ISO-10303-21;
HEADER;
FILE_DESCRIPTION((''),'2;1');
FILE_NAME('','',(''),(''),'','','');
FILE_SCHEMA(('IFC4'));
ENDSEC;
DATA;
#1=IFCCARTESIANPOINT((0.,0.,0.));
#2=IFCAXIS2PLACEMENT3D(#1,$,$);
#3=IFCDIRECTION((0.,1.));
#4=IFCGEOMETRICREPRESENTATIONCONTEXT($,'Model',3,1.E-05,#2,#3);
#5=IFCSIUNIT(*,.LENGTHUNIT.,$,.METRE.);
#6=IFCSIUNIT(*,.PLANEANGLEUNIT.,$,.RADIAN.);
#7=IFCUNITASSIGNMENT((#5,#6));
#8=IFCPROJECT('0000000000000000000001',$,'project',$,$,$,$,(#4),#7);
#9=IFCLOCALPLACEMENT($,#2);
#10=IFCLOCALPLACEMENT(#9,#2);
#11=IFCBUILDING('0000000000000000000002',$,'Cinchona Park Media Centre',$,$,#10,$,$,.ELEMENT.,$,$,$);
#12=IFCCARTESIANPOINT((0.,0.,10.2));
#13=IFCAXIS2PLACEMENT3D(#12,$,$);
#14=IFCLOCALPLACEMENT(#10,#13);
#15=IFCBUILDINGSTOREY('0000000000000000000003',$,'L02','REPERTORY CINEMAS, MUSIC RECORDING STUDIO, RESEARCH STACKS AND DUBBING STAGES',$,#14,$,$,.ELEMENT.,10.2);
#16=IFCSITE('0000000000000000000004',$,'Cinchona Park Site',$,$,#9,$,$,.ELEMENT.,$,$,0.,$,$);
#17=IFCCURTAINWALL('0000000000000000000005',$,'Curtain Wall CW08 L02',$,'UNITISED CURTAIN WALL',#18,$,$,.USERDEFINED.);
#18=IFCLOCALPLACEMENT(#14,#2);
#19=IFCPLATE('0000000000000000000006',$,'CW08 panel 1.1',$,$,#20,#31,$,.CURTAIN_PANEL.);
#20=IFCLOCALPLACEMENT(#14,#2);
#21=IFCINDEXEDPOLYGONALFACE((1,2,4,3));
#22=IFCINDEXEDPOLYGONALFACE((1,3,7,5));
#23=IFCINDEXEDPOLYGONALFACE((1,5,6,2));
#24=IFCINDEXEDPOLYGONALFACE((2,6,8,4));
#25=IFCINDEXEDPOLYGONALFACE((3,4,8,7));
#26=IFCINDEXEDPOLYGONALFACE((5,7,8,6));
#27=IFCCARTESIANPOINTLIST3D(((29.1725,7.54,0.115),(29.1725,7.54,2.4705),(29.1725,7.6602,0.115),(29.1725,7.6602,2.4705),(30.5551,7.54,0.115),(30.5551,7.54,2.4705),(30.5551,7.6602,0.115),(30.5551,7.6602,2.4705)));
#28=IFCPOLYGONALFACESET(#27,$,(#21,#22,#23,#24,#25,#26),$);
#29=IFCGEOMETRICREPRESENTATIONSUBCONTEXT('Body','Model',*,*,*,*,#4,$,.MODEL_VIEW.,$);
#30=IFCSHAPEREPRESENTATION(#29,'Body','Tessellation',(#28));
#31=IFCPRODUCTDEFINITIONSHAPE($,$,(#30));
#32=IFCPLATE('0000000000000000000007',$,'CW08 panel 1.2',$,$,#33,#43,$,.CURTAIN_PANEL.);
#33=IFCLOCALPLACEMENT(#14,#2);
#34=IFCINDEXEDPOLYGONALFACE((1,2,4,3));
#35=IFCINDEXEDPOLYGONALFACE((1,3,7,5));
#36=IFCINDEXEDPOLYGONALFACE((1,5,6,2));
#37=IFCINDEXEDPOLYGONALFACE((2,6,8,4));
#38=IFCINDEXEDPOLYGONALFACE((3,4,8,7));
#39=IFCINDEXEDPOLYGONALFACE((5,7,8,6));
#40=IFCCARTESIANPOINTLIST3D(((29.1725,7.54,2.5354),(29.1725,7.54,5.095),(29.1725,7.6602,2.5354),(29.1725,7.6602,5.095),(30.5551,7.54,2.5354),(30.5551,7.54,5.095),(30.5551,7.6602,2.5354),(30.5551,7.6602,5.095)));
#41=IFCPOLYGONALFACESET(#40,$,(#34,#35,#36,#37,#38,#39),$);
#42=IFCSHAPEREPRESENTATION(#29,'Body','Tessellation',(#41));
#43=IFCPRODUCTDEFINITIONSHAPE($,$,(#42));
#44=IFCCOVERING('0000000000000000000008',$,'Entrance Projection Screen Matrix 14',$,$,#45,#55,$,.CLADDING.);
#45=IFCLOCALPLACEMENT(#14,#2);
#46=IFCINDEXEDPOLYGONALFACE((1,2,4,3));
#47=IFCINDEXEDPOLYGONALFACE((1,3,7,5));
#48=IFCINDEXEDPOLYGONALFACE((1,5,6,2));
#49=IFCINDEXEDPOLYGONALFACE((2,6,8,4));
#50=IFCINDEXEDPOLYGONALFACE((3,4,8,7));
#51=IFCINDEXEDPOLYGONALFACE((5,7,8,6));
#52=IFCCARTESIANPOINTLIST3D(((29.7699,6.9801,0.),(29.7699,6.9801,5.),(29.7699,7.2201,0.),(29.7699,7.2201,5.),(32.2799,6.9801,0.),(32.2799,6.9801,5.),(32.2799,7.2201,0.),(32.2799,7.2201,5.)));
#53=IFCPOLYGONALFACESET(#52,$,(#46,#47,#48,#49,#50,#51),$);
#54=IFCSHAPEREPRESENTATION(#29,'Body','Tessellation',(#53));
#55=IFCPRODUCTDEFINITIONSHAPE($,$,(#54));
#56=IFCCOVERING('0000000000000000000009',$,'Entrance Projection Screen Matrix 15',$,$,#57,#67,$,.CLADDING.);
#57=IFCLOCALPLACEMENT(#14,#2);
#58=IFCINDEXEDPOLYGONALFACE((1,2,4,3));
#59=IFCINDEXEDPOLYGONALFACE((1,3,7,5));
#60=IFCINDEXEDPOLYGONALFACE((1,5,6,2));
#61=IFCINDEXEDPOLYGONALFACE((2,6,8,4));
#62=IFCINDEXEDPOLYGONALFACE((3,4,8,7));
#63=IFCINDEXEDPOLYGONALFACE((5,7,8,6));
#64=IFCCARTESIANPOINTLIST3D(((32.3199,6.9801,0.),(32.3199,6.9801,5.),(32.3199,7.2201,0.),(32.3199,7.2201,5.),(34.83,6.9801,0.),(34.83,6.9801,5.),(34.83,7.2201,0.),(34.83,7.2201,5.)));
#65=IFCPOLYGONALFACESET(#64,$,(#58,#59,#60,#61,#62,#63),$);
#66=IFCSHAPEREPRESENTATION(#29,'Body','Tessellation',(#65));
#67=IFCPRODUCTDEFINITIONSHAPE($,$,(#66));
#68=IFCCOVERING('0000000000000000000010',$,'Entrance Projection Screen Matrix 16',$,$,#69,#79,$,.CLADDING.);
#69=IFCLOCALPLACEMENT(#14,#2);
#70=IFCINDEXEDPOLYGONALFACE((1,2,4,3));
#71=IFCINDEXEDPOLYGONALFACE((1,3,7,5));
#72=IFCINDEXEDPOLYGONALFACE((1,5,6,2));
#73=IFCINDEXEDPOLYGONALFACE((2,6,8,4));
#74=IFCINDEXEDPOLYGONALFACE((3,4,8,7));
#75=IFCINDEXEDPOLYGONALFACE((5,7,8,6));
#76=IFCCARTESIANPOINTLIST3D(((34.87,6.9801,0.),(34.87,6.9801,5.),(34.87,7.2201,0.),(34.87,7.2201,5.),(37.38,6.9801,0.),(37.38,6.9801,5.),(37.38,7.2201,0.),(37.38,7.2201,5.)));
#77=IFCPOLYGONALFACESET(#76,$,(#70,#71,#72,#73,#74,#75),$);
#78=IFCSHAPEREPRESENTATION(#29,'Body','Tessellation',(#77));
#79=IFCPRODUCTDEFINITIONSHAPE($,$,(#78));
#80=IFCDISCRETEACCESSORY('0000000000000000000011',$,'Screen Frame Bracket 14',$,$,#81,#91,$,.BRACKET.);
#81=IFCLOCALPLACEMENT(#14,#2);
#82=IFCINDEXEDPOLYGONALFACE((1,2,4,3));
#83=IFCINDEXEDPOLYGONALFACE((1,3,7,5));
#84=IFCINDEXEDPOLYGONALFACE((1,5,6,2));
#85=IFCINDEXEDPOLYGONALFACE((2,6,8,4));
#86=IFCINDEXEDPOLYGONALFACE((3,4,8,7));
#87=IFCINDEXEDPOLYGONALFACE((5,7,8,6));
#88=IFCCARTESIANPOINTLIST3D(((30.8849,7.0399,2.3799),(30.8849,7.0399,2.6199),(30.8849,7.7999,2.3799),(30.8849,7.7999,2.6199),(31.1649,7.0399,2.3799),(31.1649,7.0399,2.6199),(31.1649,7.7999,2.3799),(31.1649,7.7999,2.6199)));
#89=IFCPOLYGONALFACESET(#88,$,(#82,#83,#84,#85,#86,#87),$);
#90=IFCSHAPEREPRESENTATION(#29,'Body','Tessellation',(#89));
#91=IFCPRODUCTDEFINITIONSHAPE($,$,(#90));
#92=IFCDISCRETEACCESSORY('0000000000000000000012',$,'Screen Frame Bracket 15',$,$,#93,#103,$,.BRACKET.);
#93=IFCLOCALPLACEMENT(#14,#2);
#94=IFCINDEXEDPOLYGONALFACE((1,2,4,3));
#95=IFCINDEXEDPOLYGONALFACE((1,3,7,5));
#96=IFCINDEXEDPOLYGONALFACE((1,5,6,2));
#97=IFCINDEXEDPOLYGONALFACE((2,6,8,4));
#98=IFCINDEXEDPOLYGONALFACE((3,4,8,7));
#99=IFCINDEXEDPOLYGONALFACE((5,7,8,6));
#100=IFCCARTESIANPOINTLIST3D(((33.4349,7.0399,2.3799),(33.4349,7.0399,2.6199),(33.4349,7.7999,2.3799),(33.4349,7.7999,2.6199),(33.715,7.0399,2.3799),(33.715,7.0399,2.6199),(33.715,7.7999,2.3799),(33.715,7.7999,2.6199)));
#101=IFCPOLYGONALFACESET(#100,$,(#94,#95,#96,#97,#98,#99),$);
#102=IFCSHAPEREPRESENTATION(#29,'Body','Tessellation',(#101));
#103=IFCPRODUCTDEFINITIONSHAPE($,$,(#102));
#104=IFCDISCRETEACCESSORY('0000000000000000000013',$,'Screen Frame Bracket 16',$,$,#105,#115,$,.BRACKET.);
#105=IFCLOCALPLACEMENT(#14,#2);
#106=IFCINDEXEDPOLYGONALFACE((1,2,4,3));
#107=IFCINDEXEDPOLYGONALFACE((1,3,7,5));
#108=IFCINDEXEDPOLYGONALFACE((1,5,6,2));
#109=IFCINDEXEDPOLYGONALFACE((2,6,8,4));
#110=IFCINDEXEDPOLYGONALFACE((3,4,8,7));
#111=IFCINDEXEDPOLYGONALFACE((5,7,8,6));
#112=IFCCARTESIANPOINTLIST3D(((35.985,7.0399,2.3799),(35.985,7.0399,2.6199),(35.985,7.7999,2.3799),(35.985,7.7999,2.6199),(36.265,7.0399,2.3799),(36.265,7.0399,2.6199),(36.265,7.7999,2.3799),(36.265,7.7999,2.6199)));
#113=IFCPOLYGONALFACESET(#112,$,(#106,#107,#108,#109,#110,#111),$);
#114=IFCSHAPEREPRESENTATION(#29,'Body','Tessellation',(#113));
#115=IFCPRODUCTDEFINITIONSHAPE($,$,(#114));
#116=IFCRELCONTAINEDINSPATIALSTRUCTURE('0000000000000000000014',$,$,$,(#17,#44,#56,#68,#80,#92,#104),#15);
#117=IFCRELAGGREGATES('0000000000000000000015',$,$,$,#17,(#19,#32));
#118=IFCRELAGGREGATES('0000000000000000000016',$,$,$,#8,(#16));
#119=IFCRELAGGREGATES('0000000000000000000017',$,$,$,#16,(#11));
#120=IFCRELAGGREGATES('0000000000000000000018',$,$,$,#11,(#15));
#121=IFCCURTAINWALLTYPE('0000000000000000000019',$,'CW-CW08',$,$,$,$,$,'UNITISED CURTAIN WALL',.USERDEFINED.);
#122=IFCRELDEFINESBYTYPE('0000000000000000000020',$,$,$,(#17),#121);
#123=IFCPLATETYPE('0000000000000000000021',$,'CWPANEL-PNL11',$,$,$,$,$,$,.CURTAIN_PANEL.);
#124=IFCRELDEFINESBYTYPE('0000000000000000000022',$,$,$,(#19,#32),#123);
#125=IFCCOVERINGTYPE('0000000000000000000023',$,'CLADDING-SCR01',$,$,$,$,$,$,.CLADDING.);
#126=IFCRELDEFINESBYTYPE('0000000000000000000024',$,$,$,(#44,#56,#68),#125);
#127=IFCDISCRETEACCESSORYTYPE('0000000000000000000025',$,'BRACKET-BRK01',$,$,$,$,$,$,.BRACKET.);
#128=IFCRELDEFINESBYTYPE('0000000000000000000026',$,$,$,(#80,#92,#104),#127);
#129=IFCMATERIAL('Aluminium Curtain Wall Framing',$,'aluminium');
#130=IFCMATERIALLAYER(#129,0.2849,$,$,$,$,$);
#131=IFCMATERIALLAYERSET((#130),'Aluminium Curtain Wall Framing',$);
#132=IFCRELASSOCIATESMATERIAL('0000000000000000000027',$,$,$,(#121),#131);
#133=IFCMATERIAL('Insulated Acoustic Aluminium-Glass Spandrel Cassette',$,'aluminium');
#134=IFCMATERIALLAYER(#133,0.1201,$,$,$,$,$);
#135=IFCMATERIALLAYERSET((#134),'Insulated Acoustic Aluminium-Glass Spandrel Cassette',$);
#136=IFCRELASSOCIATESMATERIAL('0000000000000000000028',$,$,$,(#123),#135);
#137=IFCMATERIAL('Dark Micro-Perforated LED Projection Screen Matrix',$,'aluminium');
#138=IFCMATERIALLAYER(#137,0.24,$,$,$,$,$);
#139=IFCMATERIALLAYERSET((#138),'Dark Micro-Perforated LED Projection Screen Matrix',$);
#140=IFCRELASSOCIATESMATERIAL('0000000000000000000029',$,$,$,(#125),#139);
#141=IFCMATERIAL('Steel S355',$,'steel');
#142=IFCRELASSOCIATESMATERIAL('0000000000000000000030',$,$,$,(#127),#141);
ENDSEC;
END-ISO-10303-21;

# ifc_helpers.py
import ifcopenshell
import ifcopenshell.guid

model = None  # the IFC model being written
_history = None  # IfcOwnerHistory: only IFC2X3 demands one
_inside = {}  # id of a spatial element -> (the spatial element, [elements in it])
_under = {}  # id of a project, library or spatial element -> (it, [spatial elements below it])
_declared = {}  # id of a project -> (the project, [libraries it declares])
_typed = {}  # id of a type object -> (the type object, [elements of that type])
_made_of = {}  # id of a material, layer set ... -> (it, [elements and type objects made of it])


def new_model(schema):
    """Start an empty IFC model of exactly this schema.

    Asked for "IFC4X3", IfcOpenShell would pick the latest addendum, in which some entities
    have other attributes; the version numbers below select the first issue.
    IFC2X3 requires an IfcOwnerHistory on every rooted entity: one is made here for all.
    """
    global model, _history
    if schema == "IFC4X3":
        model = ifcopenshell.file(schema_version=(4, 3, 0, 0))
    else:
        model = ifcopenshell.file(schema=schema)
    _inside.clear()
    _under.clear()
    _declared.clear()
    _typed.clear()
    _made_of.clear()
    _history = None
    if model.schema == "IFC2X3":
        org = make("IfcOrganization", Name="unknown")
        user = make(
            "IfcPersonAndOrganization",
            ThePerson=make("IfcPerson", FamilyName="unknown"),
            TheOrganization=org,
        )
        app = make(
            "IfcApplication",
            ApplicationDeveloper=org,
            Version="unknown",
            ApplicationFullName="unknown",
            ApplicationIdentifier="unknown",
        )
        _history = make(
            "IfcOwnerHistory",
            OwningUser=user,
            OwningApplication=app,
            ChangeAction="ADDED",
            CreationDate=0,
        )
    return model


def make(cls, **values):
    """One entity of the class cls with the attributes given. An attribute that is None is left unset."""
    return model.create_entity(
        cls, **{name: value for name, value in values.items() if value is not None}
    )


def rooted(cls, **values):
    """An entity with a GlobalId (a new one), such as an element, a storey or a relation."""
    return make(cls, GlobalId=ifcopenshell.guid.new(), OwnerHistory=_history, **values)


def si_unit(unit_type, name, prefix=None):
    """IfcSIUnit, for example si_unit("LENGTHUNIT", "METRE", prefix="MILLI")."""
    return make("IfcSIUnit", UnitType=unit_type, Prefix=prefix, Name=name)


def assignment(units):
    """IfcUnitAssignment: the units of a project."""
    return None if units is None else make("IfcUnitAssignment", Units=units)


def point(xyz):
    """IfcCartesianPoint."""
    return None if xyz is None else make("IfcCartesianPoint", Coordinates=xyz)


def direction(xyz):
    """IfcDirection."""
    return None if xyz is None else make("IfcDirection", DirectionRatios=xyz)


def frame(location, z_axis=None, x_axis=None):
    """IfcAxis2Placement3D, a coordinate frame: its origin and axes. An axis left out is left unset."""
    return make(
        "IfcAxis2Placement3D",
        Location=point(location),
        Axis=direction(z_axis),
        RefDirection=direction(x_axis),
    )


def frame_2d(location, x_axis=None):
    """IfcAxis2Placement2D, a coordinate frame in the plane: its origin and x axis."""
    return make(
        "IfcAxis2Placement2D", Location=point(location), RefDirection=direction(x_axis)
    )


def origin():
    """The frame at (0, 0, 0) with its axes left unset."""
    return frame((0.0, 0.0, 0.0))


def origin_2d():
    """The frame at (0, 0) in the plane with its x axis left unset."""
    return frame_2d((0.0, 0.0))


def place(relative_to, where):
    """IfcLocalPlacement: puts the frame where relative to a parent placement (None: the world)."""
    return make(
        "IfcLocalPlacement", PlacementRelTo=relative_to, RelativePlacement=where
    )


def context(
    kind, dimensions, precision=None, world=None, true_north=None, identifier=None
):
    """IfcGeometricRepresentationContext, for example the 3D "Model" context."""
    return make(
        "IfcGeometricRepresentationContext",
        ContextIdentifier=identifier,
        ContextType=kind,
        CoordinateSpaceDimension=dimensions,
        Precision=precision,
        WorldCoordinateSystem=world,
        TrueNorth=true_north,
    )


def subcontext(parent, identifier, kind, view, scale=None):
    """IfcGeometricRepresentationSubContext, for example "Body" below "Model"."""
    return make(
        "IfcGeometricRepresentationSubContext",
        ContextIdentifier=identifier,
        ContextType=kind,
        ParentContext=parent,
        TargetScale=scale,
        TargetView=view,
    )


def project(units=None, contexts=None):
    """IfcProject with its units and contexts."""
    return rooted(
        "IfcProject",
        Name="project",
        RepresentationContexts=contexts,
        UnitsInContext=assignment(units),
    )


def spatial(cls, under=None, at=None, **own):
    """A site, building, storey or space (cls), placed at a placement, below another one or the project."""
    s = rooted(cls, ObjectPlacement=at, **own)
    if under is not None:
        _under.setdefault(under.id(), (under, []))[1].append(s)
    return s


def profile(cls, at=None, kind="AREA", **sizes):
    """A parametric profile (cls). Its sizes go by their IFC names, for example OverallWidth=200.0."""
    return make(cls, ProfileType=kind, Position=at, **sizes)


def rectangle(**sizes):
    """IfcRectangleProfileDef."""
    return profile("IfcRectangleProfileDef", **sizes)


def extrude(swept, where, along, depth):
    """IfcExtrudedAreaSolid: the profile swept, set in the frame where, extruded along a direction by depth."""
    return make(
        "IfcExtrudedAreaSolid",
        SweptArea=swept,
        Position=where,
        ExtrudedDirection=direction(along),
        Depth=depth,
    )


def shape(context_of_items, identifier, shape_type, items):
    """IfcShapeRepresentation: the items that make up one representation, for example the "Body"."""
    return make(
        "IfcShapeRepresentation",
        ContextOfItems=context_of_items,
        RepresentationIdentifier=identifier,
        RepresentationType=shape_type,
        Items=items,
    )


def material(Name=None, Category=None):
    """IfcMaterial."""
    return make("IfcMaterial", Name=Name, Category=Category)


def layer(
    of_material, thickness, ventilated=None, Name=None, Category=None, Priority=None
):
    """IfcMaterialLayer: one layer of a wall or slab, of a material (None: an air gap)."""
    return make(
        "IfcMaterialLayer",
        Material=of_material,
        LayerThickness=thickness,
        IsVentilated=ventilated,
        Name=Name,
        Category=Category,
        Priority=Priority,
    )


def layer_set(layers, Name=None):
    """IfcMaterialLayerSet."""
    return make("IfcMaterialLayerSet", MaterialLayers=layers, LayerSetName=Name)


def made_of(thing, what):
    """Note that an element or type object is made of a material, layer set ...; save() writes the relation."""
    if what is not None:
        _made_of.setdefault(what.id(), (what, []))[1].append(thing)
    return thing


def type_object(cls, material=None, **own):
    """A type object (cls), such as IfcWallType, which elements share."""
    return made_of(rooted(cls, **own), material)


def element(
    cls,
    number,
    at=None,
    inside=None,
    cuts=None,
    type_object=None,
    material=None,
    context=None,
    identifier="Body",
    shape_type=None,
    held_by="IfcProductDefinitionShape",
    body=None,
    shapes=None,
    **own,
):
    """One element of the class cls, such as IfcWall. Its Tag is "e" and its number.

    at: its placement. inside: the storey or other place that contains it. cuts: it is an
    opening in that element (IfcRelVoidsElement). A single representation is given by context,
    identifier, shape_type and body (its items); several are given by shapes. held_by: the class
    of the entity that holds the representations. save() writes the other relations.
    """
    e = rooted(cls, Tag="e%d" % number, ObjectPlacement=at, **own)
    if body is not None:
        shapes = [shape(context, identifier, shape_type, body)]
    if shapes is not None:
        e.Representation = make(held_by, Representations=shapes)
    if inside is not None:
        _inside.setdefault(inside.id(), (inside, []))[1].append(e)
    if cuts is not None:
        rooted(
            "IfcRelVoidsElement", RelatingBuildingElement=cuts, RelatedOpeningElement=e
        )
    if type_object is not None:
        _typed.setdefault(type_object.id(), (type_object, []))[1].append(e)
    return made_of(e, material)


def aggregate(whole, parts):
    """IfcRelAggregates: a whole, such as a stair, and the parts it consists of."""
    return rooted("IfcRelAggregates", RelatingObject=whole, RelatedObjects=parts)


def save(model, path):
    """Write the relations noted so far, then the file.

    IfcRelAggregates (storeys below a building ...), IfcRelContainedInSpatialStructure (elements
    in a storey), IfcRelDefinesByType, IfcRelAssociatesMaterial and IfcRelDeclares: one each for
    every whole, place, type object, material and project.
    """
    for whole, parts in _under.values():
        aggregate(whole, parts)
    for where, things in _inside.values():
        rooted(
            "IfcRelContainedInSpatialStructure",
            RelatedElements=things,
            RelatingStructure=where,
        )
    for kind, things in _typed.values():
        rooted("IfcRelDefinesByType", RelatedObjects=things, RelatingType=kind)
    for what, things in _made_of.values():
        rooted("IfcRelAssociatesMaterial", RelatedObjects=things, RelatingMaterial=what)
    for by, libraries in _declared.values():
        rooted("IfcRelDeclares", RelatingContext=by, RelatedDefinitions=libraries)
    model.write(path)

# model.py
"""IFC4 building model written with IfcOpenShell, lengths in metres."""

from ifc_helpers import new_model, si_unit, direction, frame, origin, origin_2d, place, context, subcontext, project, spatial, rectangle, extrude, material, layer, layer_set, type_object, element, aggregate, save


model = new_model("IFC4")

# Units and contexts
model_context = context("Model", 3, precision=1e-05, world=origin(), true_north=direction((0.0, 1.0)))
body_context = subcontext(model_context, "Body", "Model", "MODEL_VIEW")
ifc_project = project(units=[si_unit("LENGTHUNIT", "METRE"), si_unit("PLANEANGLEUNIT", "RADIAN")], contexts=[model_context])

# Site, building, storey
site_placement = place(None, origin())
site = spatial("IfcSite", under=ifc_project, at=site_placement, Name="Cinchona Park Site", CompositionType="ELEMENT", RefElevation=0.0)
building_placement = place(site_placement, origin())
building = spatial("IfcBuilding", under=site, at=building_placement, Name="Cinchona Park Media Centre", CompositionType="ELEMENT")
storey_placement = place(building_placement, frame((0.0, 0.0, 10.2)))
storey = spatial("IfcBuildingStorey", under=building, at=storey_placement, Name="L02", Description="REPERTORY CINEMAS, MUSIC RECORDING STUDIO, RESEARCH STACKS AND DUBBING STAGES", CompositionType="ELEMENT", Elevation=10.2)

# Curtain wall
ifc_material_1 = material(Name="Aluminium Curtain Wall Framing", Category="aluminium")
ifc_layer_1 = layer(ifc_material_1, 0.2849)
ifc_layer_set_1 = layer_set([ifc_layer_1], Name="Aluminium Curtain Wall Framing")
curtain_wall_type_1 = type_object("IfcCurtainWallType", Name="CW-CW08", ElementType="UNITISED CURTAIN WALL", PredefinedType="USERDEFINED", material=ifc_layer_set_1)
curtain_wall_1_placement = place(storey_placement, origin())
curtain_wall_1 = element("IfcCurtainWall", 1, at=curtain_wall_1_placement, inside=storey, type_object=curtain_wall_type_1, Name="Curtain Wall CW08 L02", ObjectType="UNITISED CURTAIN WALL", PredefinedType="USERDEFINED")

# Plates
ifc_material_2 = material(Name="Insulated Acoustic Aluminium-Glass Spandrel Cassette", Category="aluminium")
ifc_layer_2 = layer(ifc_material_2, 0.1201)
ifc_layer_set_2 = layer_set([ifc_layer_2], Name="Insulated Acoustic Aluminium-Glass Spandrel Cassette")
plate_type_1 = type_object("IfcPlateType", Name="CWPANEL-PNL11", PredefinedType="CURTAIN_PANEL", material=ifc_layer_set_2)
plate_1_placement = place(storey_placement, frame((29.8638, 7.6001, 0.115), z_axis=(0.0, 0.0, 1.0), x_axis=(-1.0, 0.0, 0.0)))
plate_1 = element("IfcPlate", 2, at=plate_1_placement, type_object=plate_type_1, Name="CW08 panel 1.1", PredefinedType="CURTAIN_PANEL", context=body_context, shape_type="SweptSolid", body=[
    extrude(rectangle(XDim=1.3826, YDim=0.1201, at=origin_2d()), origin(), (0.0, 0.0, 1.0), 2.3555),
])
plate_2_placement = place(storey_placement, frame((29.8638, 7.6001, 2.5354), z_axis=(0.0, 0.0, 1.0), x_axis=(-1.0, 0.0, 0.0)))
plate_2 = element("IfcPlate", 3, at=plate_2_placement, type_object=plate_type_1, Name="CW08 panel 1.2", PredefinedType="CURTAIN_PANEL", context=body_context, shape_type="SweptSolid", body=[
    extrude(rectangle(XDim=1.3826, YDim=0.1201, at=origin_2d()), origin(), (0.0, 0.0, 1.0), 2.5596),
])
aggregate(curtain_wall_1, [plate_1, plate_2])

# Coverings
ifc_material_3 = material(Name="Dark Micro-Perforated LED Projection Screen Matrix", Category="aluminium")
ifc_layer_3 = layer(ifc_material_3, 0.24)
ifc_layer_set_3 = layer_set([ifc_layer_3], Name="Dark Micro-Perforated LED Projection Screen Matrix")
covering_type = type_object("IfcCoveringType", Name="CLADDING-SCR01", PredefinedType="CLADDING", material=ifc_layer_set_3)
for number, where, z_axis, x_axis, name in (
    (4, (31.0249, 7.1001, 0.0), (0.0, 0.0, 1.0), (1.0, 0.0, 0.0), "Entrance Projection Screen Matrix 14"),
    (5, (33.575, 7.1001, 0.0), (0.0, 0.0, 1.0), (1.0, 0.0, 0.0), "Entrance Projection Screen Matrix 15"),
    (6, (36.125, 7.1001, 0.0), (0.0, 0.0, 1.0), (1.0, 0.0, 0.0), "Entrance Projection Screen Matrix 16"),
):
    element("IfcCovering", number, at=place(storey_placement, frame(where, z_axis=z_axis, x_axis=x_axis)), inside=storey, type_object=covering_type, Name=name, PredefinedType="CLADDING", context=body_context, shape_type="SweptSolid", body=[
        extrude(rectangle(XDim=2.51, YDim=0.24, at=origin_2d()), origin(), (0.0, 0.0, 1.0), 5.0),
    ])

# Discrete accessories
ifc_material_4 = material(Name="Steel S355", Category="steel")
discrete_accessory_type = type_object("IfcDiscreteAccessoryType", Name="BRACKET-BRK01", PredefinedType="BRACKET", material=ifc_material_4)
for number, where, z_axis, x_axis, name in (
    (7, (31.0249, 7.4199, 2.3799), (0.0, 0.0, 1.0), (1.0, 0.0, 0.0), "Screen Frame Bracket 14"),
    (8, (33.575, 7.4199, 2.3799), (0.0, 0.0, 1.0), (1.0, 0.0, 0.0), "Screen Frame Bracket 15"),
    (9, (36.125, 7.4199, 2.3799), (0.0, 0.0, 1.0), (1.0, 0.0, 0.0), "Screen Frame Bracket 16"),
):
    element("IfcDiscreteAccessory", number, at=place(storey_placement, frame(where, z_axis=z_axis, x_axis=x_axis)), inside=storey, type_object=discrete_accessory_type, Name=name, PredefinedType="BRACKET", context=body_context, shape_type="SweptSolid", body=[
        extrude(rectangle(XDim=0.28, YDim=0.76, at=origin_2d()), origin(), (0.0, 0.0, 1.0), 0.24),
    ])

save(model, "model.ifc")
